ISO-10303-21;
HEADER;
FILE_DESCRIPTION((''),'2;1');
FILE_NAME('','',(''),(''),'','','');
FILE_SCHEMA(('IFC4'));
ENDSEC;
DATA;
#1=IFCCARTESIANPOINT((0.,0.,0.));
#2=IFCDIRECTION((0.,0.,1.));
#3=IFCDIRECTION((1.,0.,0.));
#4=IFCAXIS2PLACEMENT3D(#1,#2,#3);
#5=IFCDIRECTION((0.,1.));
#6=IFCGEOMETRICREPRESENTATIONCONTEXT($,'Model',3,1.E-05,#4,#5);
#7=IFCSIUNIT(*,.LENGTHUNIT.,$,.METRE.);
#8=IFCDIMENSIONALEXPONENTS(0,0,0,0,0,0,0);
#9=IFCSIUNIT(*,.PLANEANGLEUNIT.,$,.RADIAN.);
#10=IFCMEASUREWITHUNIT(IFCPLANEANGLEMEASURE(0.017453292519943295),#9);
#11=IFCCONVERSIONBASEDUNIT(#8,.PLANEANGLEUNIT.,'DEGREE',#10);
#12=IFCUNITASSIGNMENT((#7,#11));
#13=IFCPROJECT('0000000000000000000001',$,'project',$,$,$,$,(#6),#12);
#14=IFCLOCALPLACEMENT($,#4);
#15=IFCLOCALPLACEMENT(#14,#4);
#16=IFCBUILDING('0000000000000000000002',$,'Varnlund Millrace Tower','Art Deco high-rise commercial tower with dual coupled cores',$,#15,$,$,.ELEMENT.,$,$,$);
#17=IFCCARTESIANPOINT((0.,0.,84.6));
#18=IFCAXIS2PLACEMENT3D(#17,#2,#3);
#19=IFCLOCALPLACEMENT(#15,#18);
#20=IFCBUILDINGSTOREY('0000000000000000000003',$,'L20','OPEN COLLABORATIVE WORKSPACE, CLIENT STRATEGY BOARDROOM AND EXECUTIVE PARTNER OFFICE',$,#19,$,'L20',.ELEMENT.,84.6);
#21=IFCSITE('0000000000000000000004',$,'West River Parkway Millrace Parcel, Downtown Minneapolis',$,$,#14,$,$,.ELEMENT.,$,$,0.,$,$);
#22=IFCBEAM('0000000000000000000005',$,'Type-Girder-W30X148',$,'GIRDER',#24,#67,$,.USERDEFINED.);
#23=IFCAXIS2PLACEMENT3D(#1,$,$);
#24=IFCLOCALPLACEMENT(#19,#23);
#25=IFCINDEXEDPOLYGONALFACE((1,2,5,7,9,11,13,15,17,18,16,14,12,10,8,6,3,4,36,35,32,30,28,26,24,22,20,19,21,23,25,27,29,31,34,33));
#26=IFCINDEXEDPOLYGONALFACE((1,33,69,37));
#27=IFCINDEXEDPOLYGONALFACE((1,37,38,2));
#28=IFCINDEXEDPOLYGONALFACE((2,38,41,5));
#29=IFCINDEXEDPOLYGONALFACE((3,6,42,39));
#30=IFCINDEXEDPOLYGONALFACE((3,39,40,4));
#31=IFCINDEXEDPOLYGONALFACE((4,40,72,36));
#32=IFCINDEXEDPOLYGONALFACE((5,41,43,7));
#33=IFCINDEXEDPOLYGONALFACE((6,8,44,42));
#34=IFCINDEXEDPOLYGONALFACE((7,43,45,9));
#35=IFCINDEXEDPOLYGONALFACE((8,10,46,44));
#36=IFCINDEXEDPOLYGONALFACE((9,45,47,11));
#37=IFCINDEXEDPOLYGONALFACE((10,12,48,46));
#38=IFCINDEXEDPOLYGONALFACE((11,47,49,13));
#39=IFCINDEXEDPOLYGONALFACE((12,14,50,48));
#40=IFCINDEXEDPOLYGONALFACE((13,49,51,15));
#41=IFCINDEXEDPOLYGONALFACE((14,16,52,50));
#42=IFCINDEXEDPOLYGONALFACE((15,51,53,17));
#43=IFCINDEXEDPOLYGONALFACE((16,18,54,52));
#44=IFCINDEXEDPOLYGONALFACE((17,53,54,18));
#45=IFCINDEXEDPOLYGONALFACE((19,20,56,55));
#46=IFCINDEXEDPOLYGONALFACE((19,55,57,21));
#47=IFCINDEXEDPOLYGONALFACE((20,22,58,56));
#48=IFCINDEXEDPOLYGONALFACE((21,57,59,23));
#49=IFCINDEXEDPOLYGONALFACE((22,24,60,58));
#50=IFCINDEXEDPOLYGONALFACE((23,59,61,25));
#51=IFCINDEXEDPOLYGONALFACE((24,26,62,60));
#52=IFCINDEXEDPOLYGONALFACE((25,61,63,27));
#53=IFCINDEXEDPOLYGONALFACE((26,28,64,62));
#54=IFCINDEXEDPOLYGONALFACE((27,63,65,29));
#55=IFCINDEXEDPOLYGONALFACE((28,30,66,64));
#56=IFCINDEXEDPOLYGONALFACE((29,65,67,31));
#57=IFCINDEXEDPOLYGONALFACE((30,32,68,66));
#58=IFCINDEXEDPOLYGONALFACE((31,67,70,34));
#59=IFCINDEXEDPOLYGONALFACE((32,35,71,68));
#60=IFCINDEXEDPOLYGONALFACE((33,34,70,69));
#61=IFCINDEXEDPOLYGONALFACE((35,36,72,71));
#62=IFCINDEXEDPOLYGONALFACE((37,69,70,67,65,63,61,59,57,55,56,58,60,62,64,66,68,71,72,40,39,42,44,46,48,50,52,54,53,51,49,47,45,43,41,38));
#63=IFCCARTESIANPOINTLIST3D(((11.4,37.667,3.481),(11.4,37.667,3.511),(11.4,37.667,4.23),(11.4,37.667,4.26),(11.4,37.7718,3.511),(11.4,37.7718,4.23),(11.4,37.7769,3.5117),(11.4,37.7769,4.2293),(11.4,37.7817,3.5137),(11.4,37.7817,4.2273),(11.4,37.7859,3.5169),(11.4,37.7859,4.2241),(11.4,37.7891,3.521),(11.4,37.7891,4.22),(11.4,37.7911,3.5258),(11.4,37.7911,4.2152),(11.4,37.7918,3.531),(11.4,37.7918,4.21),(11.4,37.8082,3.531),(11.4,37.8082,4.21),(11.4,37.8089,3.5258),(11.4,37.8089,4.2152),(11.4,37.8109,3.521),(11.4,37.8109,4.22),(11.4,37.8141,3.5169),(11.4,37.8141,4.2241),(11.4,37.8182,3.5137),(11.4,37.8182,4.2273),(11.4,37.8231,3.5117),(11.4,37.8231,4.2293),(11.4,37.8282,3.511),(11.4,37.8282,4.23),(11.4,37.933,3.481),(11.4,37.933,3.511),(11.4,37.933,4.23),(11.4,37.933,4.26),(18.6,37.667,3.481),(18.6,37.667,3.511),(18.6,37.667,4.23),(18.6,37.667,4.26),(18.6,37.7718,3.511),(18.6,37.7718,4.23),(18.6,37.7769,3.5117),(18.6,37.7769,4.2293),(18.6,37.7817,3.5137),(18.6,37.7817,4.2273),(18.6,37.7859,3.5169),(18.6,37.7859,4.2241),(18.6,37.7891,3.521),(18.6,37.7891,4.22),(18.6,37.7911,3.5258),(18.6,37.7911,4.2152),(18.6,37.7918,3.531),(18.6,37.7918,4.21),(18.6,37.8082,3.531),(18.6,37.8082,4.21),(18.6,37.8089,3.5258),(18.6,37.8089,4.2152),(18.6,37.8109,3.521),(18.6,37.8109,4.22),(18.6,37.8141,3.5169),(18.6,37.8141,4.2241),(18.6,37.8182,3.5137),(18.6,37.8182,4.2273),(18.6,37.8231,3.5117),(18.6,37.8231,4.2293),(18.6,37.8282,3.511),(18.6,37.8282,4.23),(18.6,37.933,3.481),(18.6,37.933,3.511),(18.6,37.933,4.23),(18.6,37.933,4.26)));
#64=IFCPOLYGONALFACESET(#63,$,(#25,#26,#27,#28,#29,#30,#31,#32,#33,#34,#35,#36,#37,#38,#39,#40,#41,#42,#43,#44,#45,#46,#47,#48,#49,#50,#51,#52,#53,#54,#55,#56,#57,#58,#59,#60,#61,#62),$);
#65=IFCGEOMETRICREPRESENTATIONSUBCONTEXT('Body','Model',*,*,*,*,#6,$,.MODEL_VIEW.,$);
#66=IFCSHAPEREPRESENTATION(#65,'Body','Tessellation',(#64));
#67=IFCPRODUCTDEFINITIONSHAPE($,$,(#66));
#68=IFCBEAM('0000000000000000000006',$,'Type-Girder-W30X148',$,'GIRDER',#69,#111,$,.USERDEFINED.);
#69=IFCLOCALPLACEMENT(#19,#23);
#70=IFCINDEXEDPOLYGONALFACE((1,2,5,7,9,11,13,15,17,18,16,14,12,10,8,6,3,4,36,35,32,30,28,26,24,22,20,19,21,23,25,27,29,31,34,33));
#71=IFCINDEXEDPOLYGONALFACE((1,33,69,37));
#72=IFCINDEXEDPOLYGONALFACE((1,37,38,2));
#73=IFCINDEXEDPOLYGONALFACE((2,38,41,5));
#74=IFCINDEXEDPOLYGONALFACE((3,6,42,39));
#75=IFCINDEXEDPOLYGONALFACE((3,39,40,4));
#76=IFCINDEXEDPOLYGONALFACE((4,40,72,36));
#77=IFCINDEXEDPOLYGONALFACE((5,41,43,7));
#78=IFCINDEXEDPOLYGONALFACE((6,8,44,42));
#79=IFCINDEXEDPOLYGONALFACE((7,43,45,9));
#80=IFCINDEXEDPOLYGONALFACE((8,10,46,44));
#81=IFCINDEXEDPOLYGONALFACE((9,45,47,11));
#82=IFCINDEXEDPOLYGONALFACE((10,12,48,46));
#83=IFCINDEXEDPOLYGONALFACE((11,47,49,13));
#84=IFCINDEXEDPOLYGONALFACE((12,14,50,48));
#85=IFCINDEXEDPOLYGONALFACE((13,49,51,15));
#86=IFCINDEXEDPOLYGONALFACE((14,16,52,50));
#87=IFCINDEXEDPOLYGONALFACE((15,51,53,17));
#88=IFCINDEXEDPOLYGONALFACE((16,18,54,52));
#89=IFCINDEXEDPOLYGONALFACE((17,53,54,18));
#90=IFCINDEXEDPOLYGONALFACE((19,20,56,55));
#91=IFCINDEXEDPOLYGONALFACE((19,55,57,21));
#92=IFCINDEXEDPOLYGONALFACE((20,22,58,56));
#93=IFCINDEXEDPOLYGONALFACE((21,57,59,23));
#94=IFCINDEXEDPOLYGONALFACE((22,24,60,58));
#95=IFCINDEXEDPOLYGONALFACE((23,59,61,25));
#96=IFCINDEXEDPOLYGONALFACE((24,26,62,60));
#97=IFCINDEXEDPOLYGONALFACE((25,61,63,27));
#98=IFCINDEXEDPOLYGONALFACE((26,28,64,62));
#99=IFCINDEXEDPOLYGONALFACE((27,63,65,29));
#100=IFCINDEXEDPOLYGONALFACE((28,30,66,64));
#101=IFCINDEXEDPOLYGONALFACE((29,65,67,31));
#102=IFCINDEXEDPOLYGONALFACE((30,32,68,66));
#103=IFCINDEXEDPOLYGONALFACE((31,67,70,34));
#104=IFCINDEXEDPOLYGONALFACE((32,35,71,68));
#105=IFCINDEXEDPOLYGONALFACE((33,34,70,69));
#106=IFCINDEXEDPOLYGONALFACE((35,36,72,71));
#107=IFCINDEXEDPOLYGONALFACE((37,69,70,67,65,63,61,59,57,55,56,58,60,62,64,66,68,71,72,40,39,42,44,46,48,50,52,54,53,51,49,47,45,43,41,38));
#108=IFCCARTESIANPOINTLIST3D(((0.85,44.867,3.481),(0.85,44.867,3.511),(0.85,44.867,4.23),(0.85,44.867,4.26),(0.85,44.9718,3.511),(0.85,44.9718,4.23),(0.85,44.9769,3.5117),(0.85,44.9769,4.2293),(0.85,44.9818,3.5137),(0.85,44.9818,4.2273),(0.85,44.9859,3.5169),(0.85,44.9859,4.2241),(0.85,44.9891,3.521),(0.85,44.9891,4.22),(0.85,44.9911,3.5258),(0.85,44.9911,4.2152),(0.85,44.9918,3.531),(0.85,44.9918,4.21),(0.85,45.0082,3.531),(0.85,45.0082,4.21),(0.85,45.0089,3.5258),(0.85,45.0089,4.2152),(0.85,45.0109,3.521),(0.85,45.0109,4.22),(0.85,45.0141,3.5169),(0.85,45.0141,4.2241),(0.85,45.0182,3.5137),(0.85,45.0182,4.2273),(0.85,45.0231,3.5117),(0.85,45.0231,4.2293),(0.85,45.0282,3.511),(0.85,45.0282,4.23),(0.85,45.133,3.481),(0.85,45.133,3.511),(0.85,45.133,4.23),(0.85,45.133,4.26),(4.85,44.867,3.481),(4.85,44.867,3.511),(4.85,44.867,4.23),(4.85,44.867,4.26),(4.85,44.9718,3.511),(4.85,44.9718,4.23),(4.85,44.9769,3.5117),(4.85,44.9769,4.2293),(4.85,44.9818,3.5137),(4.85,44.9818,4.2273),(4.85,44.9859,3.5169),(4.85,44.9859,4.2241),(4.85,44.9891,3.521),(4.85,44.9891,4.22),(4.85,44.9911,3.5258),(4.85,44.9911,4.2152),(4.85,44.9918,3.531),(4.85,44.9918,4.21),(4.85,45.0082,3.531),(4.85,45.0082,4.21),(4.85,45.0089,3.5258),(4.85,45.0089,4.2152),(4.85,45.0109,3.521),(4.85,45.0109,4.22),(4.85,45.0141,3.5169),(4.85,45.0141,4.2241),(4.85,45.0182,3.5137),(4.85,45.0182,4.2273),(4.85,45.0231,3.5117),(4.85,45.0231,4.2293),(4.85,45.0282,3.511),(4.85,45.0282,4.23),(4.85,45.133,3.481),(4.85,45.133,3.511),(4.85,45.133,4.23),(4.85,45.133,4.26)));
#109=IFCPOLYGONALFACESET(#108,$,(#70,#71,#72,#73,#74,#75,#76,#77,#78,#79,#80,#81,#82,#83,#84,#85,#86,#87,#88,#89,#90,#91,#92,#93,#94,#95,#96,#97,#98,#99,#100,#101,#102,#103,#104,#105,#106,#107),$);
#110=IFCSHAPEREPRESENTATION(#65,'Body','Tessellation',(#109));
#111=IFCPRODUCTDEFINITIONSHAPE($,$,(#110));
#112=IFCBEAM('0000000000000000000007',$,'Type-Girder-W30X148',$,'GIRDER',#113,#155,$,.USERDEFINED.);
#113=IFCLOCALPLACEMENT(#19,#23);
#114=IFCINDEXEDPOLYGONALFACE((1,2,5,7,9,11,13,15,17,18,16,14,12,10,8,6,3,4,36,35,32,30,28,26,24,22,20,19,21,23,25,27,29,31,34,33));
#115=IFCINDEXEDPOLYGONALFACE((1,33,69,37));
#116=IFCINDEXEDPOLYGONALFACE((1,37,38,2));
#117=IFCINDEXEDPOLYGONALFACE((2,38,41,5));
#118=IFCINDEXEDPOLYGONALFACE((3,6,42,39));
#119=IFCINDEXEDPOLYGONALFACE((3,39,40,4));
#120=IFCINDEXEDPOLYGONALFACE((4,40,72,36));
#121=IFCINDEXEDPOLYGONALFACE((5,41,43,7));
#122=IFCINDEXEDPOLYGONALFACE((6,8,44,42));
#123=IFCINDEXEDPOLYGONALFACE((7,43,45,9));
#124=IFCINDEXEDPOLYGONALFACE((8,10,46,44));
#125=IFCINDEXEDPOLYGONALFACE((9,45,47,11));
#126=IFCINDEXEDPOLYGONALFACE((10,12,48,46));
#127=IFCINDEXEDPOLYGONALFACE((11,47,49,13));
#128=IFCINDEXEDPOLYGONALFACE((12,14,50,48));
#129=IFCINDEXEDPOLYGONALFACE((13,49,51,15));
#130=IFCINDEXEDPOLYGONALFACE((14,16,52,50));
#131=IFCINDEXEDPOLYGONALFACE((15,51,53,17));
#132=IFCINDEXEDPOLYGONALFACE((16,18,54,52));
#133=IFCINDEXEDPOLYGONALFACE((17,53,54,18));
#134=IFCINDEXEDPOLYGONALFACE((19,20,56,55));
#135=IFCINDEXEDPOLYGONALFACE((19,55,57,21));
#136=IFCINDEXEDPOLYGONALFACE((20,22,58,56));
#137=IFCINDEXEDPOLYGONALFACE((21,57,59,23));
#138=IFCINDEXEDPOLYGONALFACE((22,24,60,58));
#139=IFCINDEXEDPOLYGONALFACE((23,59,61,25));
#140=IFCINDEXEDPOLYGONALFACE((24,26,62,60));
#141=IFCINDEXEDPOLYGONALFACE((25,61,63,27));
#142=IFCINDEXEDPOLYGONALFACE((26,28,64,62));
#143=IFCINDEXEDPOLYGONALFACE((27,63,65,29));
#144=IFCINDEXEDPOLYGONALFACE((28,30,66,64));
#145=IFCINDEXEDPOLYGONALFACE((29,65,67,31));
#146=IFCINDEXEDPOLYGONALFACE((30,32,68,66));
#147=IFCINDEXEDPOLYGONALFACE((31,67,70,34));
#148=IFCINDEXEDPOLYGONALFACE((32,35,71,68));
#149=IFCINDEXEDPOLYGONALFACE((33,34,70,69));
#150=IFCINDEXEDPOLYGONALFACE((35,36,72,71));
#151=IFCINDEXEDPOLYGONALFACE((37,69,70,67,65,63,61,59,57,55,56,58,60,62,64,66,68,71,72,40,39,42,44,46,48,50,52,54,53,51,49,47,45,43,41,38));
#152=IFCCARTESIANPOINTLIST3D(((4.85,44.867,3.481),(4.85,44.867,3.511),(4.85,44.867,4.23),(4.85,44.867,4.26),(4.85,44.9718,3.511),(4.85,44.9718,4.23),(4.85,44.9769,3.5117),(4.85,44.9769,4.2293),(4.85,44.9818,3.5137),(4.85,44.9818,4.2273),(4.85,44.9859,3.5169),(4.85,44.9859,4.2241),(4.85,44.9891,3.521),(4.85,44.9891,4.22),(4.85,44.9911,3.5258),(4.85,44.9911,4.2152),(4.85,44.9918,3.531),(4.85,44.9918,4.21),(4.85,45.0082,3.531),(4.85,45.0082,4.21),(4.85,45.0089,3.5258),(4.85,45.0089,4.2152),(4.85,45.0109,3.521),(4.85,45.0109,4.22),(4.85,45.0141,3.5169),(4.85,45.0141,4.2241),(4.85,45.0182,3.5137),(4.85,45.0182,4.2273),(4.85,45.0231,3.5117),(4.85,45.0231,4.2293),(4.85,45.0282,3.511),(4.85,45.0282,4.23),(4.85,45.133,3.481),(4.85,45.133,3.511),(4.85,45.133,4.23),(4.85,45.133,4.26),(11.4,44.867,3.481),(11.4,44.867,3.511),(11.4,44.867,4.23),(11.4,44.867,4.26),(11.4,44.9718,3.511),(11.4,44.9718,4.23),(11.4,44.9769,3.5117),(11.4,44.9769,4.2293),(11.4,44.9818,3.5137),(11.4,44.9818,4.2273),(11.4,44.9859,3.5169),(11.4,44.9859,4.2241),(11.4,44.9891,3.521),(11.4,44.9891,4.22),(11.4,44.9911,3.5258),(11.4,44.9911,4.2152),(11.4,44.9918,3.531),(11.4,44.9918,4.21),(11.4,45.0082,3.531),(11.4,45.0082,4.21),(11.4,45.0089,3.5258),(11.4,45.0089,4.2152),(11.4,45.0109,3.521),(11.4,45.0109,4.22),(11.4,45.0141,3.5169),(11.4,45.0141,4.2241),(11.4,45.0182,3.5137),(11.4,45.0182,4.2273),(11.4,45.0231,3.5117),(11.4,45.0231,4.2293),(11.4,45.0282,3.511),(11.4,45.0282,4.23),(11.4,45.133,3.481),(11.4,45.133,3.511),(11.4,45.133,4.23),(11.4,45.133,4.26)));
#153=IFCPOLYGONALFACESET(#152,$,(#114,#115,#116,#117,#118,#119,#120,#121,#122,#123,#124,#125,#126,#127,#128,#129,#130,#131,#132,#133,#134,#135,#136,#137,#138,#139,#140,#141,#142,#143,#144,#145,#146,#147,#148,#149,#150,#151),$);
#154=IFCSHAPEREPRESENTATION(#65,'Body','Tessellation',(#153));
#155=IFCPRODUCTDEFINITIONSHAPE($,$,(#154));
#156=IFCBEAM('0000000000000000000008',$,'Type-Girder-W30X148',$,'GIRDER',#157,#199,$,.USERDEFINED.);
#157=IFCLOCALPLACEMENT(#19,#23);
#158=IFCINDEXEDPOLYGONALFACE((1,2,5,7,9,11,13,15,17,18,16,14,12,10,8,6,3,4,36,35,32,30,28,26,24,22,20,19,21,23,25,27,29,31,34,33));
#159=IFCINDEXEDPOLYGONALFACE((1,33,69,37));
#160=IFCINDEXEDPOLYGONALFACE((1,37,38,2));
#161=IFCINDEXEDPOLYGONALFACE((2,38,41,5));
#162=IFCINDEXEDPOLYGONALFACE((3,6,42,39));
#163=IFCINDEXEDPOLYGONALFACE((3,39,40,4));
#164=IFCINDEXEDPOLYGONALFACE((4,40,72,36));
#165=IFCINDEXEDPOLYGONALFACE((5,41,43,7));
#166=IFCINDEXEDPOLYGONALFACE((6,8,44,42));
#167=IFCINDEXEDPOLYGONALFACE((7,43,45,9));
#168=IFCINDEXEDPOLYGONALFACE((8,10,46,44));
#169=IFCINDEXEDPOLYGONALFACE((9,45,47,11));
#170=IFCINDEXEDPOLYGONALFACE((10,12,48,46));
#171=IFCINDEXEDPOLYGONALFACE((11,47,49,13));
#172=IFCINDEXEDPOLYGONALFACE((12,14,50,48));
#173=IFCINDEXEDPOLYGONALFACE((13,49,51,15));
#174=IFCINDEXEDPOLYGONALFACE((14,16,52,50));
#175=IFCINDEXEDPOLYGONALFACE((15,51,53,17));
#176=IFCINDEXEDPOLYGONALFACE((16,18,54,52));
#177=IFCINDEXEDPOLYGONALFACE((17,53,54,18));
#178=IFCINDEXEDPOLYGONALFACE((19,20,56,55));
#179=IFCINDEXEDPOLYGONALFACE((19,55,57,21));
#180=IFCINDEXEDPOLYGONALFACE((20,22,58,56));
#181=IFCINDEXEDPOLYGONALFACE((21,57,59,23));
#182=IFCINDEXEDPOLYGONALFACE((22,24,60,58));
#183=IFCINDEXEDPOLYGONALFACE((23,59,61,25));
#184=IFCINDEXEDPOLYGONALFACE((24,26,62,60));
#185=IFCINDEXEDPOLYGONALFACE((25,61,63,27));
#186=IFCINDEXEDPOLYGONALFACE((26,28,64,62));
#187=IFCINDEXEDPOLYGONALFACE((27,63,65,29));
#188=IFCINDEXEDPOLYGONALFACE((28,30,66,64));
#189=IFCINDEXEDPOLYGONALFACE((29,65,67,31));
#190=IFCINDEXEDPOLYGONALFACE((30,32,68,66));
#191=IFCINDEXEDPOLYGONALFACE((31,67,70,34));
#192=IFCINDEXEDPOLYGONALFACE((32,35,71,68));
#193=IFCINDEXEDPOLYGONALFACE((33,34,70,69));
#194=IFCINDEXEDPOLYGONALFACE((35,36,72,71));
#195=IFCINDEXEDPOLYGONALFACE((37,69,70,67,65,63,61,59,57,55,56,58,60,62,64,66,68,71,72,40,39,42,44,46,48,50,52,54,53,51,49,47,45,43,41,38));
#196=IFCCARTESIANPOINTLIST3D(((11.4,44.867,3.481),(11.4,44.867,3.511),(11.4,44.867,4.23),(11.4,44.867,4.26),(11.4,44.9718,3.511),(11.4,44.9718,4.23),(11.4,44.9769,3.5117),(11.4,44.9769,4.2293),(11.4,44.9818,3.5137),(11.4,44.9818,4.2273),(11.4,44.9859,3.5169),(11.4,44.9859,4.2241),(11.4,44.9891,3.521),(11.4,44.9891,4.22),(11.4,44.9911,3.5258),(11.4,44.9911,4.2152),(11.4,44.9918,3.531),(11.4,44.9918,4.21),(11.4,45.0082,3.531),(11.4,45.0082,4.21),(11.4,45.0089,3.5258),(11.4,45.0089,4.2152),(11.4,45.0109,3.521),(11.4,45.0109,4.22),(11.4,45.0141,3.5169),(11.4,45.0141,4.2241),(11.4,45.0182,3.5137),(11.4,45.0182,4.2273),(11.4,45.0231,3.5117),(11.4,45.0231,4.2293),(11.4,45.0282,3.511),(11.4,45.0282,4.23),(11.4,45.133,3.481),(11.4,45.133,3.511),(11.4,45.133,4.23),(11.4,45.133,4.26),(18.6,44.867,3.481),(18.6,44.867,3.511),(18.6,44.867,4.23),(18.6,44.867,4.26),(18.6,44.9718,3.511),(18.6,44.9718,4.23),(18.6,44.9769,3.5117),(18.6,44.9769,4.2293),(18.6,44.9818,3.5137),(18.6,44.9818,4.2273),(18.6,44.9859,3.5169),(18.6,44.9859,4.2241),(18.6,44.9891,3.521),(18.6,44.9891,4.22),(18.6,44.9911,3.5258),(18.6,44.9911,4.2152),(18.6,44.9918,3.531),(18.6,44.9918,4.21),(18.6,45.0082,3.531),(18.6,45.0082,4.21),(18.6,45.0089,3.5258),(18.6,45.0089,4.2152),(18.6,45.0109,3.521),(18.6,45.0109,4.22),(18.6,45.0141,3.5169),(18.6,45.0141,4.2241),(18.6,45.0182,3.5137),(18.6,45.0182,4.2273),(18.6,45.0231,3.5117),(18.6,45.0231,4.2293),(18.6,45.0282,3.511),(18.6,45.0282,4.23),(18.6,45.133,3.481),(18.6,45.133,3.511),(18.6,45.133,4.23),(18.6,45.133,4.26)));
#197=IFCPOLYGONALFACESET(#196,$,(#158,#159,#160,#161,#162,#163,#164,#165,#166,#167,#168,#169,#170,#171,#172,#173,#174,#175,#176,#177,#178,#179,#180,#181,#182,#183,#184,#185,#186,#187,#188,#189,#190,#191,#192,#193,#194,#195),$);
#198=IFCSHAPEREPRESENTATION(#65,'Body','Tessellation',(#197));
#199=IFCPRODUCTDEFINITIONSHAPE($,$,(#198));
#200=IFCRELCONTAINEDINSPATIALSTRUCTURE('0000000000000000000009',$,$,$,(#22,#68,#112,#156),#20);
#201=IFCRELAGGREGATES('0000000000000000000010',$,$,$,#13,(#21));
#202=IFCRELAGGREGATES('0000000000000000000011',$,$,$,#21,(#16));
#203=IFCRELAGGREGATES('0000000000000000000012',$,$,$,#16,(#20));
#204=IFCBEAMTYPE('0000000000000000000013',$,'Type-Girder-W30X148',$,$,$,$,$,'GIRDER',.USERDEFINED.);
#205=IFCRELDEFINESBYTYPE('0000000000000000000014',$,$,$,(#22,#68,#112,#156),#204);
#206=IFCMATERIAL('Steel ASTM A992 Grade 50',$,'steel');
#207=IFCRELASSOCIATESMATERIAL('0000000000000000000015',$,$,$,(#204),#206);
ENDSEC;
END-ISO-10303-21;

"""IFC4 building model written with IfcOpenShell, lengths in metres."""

from ifc_helpers import new_model, entity, si_unit, converted_unit, direction, frame, origin_with_axes, origin_2d_with_axis, place, context, subcontext, project, spatial, i_section, extrude, material, material_profile, profile_set, type_object, element, save


model = new_model("IFC4")

# Units and contexts
model_context = context("Model", 3, precision=1e-05, world=origin_with_axes(), true_north=direction((0.0, 1.0)))
body_context = subcontext(model_context, "Body", "Model", "MODEL_VIEW")
ifc_project = project(units=[si_unit("LENGTHUNIT", "METRE"), converted_unit("PLANEANGLEUNIT", "DEGREE", entity("IfcPlaneAngleMeasure", 0.017453292519943295), si_unit("PLANEANGLEUNIT", "RADIAN"), dimensions=[0, 0, 0, 0, 0, 0, 0])], contexts=[model_context])

# Site, building, storey
site_placement = place(None, origin_with_axes())
site = spatial("IfcSite", under=ifc_project, at=site_placement, Name="West River Parkway Millrace Parcel, Downtown Minneapolis", CompositionType="ELEMENT", RefElevation=0.0)
building_placement = place(site_placement, origin_with_axes())
building = spatial("IfcBuilding", under=site, at=building_placement, Name="Varnlund Millrace Tower", Description="Art Deco high-rise commercial tower with dual coupled cores", CompositionType="ELEMENT")
storey_placement = place(building_placement, frame((0.0, 0.0, 84.6), z_axis=(0.0, 0.0, 1.0), x_axis=(1.0, 0.0, 0.0)))
storey = spatial("IfcBuildingStorey", under=building, at=storey_placement, Name="L20", Description="OPEN COLLABORATIVE WORKSPACE, CLIENT STRATEGY BOARDROOM AND EXECUTIVE PARTNER OFFICE", LongName="L20", CompositionType="ELEMENT", Elevation=84.6)

# Beams
ifc_material_1 = material(Name="Steel ASTM A992 Grade 50", Category="steel")
ifc_material_profile_1 = material_profile(ifc_material_1, i_section(OverallWidth=0.266, OverallDepth=0.779, WebThickness=0.0165, FlangeThickness=0.03, FilletRadius=0.02, at=origin_2d_with_axis()), Name="Steel ASTM A992 Grade 50")
ifc_profile_set_1 = profile_set([ifc_material_profile_1], Name="Steel ASTM A992 Grade 50")
beam_type_1 = type_object("IfcBeamType", Name="Type-Girder-W30X148", ElementType="GIRDER", PredefinedType="USERDEFINED", material=ifc_profile_set_1)
beam_1_placement = place(storey_placement, frame((11.4, 37.8, 3.8705), z_axis=(1.0, 0.0, 0.0), x_axis=(0.0, 1.0, 0.0)))
element("IfcBeam", 1, at=beam_1_placement, inside=storey, type_object=beam_type_1, Name="Type-Girder-W30X148", ObjectType="GIRDER", PredefinedType="USERDEFINED", context=body_context, shape_type="SweptSolid", body=[
    extrude(i_section(OverallWidth=0.266, OverallDepth=0.779, WebThickness=0.0165, FlangeThickness=0.03, FilletRadius=0.02, at=origin_2d_with_axis()), origin_with_axes(), (0.0, 0.0, 1.0), 7.2),
])
beam_2_placement = place(storey_placement, frame((0.85, 45.0, 3.8705), z_axis=(1.0, 0.0, 0.0), x_axis=(0.0, 1.0, 0.0)))
element("IfcBeam", 2, at=beam_2_placement, inside=storey, type_object=beam_type_1, Name="Type-Girder-W30X148", ObjectType="GIRDER", PredefinedType="USERDEFINED", context=body_context, shape_type="SweptSolid", body=[
    extrude(i_section(OverallWidth=0.266, OverallDepth=0.779, WebThickness=0.0165, FlangeThickness=0.03, FilletRadius=0.02, at=origin_2d_with_axis()), origin_with_axes(), (0.0, 0.0, 1.0), 4.0),
])
beam_3_placement = place(storey_placement, frame((4.85, 45.0, 3.8705), z_axis=(1.0, 0.0, 0.0), x_axis=(0.0, 1.0, 0.0)))
element("IfcBeam", 3, at=beam_3_placement, inside=storey, type_object=beam_type_1, Name="Type-Girder-W30X148", ObjectType="GIRDER", PredefinedType="USERDEFINED", context=body_context, shape_type="SweptSolid", body=[
    extrude(i_section(OverallWidth=0.266, OverallDepth=0.779, WebThickness=0.0165, FlangeThickness=0.03, FilletRadius=0.02, at=origin_2d_with_axis()), origin_with_axes(), (0.0, 0.0, 1.0), 6.55),
])
beam_4_placement = place(storey_placement, frame((11.4, 45.0, 3.8705), z_axis=(1.0, 0.0, 0.0), x_axis=(0.0, 1.0, 0.0)))
element("IfcBeam", 4, at=beam_4_placement, inside=storey, type_object=beam_type_1, Name="Type-Girder-W30X148", ObjectType="GIRDER", PredefinedType="USERDEFINED", context=body_context, shape_type="SweptSolid", body=[
    extrude(i_section(OverallWidth=0.266, OverallDepth=0.779, WebThickness=0.0165, FlangeThickness=0.03, FilletRadius=0.02, at=origin_2d_with_axis()), origin_with_axes(), (0.0, 0.0, 1.0), 7.2),
])

save(model, "model.ifc")
